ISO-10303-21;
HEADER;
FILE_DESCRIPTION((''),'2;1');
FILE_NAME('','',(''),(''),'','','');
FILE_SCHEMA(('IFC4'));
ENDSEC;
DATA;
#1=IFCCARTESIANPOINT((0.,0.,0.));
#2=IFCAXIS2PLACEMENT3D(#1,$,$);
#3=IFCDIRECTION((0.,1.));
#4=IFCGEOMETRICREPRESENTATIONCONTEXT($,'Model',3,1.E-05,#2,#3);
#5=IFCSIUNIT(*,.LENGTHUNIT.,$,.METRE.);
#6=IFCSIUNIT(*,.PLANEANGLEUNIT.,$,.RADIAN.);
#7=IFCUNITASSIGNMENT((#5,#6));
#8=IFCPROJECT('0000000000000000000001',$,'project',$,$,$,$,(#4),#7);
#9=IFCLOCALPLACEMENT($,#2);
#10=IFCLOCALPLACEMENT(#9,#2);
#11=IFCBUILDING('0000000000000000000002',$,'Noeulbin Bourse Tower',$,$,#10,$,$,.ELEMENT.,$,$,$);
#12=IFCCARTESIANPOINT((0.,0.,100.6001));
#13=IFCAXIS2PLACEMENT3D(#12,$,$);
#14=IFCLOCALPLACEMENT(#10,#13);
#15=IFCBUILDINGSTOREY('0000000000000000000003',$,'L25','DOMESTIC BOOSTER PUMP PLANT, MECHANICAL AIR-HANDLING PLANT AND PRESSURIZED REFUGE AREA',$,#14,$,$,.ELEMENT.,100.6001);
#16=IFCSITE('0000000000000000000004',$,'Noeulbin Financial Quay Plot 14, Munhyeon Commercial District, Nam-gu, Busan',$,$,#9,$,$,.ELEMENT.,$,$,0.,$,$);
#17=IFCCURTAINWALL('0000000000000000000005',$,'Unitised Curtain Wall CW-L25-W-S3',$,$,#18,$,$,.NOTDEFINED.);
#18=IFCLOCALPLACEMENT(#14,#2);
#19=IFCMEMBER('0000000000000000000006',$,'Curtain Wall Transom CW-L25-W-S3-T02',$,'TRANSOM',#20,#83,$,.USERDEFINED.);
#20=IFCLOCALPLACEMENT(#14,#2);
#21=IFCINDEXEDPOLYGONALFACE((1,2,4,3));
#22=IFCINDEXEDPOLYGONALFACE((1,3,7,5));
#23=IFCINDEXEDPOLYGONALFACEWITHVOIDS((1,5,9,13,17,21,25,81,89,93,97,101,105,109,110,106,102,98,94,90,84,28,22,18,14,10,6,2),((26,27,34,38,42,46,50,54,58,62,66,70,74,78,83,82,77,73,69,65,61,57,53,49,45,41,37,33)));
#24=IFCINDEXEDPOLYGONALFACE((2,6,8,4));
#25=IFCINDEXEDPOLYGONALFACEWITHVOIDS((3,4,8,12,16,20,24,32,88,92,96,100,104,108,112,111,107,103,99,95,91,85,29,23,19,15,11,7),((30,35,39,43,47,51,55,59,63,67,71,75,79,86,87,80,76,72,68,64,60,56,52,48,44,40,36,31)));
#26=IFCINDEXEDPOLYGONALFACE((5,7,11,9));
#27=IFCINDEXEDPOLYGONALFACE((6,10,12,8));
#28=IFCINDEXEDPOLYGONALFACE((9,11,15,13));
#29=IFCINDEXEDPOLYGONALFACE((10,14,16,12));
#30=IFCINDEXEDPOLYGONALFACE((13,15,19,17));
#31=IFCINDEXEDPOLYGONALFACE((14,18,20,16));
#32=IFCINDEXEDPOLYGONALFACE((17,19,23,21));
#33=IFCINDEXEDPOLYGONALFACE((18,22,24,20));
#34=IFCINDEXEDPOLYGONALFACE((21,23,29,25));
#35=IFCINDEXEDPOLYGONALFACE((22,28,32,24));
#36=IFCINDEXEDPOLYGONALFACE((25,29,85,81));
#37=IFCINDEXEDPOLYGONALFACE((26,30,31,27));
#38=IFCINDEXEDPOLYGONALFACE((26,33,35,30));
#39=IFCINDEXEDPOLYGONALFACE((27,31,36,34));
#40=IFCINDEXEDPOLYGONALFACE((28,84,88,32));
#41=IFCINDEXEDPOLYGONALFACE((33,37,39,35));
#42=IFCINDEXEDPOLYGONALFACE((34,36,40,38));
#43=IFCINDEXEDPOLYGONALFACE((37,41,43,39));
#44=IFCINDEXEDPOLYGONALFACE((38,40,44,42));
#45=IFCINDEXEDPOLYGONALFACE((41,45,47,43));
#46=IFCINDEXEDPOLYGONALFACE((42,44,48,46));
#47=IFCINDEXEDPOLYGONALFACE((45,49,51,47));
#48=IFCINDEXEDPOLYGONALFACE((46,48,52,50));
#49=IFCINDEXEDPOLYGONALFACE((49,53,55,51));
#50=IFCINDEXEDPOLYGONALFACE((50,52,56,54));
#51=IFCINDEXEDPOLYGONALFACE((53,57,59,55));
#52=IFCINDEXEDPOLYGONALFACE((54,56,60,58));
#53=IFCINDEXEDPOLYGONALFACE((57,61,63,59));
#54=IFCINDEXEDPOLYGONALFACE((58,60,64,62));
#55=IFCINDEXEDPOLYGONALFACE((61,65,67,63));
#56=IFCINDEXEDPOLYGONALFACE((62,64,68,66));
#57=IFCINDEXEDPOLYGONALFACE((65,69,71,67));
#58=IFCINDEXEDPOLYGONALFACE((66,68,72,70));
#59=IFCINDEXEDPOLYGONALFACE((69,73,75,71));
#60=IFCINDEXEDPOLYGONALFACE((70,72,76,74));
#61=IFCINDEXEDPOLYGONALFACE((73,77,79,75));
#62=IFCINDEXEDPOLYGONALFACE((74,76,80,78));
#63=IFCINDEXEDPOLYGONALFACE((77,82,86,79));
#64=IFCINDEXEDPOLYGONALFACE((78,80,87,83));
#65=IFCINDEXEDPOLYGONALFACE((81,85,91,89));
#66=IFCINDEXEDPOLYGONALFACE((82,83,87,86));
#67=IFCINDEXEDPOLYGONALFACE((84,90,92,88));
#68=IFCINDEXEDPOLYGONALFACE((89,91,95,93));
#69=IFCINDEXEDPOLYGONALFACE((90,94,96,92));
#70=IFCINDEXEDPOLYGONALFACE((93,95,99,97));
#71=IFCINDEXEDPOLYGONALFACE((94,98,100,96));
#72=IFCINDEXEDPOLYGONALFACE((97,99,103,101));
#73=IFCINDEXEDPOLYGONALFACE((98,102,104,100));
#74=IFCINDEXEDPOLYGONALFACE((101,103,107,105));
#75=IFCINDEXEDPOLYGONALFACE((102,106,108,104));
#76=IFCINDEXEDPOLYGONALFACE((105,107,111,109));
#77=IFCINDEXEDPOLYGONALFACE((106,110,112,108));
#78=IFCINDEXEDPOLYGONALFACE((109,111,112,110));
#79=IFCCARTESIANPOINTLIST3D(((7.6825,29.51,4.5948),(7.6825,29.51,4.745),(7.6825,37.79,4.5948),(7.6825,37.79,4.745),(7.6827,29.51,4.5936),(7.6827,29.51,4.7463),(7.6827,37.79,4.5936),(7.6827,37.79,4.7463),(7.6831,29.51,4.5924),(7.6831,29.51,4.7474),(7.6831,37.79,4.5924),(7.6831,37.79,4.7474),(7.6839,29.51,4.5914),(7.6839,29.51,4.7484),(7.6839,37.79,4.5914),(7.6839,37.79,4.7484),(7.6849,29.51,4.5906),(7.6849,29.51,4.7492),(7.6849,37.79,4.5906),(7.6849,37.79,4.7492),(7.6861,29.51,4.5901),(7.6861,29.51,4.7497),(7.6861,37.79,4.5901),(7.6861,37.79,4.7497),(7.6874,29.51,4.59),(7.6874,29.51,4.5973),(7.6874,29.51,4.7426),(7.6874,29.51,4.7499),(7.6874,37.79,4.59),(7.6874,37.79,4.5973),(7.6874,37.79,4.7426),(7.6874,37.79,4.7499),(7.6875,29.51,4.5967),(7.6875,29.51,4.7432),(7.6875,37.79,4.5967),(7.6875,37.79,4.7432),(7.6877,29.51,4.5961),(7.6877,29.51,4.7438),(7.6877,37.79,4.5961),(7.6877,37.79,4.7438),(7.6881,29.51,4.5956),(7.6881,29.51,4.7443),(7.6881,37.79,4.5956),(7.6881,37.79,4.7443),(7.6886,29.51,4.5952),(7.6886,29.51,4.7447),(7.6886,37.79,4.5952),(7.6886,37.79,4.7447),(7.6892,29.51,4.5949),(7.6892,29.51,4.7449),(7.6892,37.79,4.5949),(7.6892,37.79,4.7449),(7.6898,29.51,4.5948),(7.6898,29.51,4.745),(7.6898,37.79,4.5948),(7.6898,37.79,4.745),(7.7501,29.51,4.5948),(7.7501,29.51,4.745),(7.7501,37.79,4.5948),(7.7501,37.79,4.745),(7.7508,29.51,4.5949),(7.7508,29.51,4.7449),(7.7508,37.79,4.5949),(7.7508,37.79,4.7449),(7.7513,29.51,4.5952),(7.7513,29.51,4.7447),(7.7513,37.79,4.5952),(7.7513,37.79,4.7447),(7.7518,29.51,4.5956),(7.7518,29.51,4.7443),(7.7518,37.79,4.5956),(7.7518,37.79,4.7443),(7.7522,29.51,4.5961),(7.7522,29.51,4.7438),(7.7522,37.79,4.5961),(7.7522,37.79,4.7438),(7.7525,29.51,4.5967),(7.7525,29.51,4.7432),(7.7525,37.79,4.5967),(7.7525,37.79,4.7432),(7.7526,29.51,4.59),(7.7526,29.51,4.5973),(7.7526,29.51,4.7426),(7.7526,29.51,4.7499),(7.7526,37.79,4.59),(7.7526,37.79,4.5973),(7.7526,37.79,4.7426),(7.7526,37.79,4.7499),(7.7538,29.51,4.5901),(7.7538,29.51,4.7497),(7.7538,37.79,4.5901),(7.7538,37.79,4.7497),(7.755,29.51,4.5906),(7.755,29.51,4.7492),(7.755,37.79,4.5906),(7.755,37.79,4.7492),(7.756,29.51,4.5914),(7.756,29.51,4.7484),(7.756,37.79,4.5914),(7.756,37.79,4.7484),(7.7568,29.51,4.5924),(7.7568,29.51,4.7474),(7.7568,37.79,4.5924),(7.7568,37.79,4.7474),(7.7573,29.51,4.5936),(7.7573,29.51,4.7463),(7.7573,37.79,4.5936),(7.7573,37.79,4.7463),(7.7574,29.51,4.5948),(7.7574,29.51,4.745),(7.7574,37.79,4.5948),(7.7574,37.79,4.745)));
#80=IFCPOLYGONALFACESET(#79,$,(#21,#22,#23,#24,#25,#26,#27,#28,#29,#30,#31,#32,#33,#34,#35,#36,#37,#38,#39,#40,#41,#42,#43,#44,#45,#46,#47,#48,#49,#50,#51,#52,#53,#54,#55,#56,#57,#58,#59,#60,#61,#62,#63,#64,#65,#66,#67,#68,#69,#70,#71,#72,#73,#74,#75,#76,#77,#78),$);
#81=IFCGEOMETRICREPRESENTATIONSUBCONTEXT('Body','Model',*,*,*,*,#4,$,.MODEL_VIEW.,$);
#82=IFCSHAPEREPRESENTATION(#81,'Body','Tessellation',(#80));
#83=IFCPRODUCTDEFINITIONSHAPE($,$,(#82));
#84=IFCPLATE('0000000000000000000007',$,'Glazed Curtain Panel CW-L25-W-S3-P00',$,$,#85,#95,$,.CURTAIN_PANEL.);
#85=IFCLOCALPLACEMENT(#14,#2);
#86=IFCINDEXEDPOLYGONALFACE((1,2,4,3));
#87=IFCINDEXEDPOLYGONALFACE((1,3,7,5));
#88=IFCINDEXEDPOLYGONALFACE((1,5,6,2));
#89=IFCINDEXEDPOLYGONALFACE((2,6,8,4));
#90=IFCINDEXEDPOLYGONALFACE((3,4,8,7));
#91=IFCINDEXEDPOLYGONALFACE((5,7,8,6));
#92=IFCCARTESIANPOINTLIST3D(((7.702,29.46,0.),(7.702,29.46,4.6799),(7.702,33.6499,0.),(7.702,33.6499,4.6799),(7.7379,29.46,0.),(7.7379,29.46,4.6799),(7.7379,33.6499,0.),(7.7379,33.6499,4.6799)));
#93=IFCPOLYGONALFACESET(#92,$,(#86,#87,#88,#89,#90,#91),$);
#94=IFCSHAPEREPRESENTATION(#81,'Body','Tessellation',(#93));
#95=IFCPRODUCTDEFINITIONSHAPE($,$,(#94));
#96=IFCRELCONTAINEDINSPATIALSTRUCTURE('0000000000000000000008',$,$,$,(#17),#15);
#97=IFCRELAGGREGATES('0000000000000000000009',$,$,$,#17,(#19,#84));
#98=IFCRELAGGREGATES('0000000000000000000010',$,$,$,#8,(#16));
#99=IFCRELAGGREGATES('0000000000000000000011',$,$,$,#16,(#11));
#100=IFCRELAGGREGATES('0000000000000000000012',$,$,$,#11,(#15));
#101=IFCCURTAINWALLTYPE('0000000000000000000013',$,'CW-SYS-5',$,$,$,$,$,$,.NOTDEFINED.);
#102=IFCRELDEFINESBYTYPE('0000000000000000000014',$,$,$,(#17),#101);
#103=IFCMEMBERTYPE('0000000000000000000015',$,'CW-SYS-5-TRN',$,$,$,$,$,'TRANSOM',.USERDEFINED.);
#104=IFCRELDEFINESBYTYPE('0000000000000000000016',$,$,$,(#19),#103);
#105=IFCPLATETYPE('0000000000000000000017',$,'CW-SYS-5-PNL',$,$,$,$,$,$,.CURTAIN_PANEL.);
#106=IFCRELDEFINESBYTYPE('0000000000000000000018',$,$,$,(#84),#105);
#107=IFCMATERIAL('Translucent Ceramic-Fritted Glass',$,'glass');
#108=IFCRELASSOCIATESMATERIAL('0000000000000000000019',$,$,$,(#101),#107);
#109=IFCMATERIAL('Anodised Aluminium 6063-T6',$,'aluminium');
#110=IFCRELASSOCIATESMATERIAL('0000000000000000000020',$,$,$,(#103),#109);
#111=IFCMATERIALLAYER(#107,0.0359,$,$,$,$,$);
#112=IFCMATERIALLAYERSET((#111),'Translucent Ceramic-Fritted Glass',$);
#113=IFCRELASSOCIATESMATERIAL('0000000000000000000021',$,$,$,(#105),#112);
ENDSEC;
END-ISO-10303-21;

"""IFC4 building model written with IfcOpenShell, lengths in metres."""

from ifc_helpers import new_model, si_unit, direction, frame, origin, origin_2d, place, context, subcontext, project, spatial, rectangle, hollow_rectangle, extrude, material, layer, layer_set, material_profile, profile_set, type_object, element, aggregate, save


model = new_model("IFC4")

# Units and contexts
model_context = context("Model", 3, precision=1e-05, world=origin(), true_north=direction((0.0, 1.0)))
body_context = subcontext(model_context, "Body", "Model", "MODEL_VIEW")
ifc_project = project(units=[si_unit("LENGTHUNIT", "METRE"), si_unit("PLANEANGLEUNIT", "RADIAN")], contexts=[model_context])

# Site, building, storey
site_placement = place(None, origin())
site = spatial("IfcSite", under=ifc_project, at=site_placement, Name="Noeulbin Financial Quay Plot 14, Munhyeon Commercial District, Nam-gu, Busan", CompositionType="ELEMENT", RefElevation=0.0)
building_placement = place(site_placement, origin())
building = spatial("IfcBuilding", under=site, at=building_placement, Name="Noeulbin Bourse Tower", CompositionType="ELEMENT")
storey_placement = place(building_placement, frame((0.0, 0.0, 100.6001)))
storey = spatial("IfcBuildingStorey", under=building, at=storey_placement, Name="L25", Description="DOMESTIC BOOSTER PUMP PLANT, MECHANICAL AIR-HANDLING PLANT AND PRESSURIZED REFUGE AREA", CompositionType="ELEMENT", Elevation=100.6001)

# Curtain wall, member, plate
ifc_material_1 = material(Name="Translucent Ceramic-Fritted Glass", Category="glass")
curtain_wall_type = type_object("IfcCurtainWallType", Name="CW-SYS-5", PredefinedType="NOTDEFINED", material=ifc_material_1)
curtain_wall_placement = place(storey_placement, origin())
curtain_wall = element("IfcCurtainWall", 1, at=curtain_wall_placement, inside=storey, type_object=curtain_wall_type, Name="Unitised Curtain Wall CW-L25-W-S3", PredefinedType="NOTDEFINED")
ifc_material_2 = material(Name="Anodised Aluminium 6063-T6", Category="aluminium")
ifc_material_profile_1 = material_profile(ifc_material_2, hollow_rectangle(XDim=0.075, YDim=0.1599, WallThickness=0.0049, InnerFilletRadius=0.0024, OuterFilletRadius=0.0049, at=origin_2d()), Name="ALU-TRAN-75x160x5", Category="LoadBearing")
ifc_profile_set_1 = profile_set([ifc_material_profile_1], Name="Anodised Aluminium 6063-T6")
member_type_1 = type_object("IfcMemberType", Name="CW-SYS-5-TRN", ElementType="TRANSOM", PredefinedType="USERDEFINED", material=ifc_profile_set_1)
member_1_placement = place(storey_placement, frame((7.72, 29.51, 4.6699), z_axis=(0.0, 1.0, 0.0), x_axis=(-1.0, 0.0, 0.0)))
member_1 = element("IfcMember", 2, at=member_1_placement, type_object=member_type_1, Name="Curtain Wall Transom CW-L25-W-S3-T02", ObjectType="TRANSOM", PredefinedType="USERDEFINED", context=body_context, shape_type="SweptSolid", body=[
    extrude(hollow_rectangle(XDim=0.075, YDim=0.1599, WallThickness=0.0049, InnerFilletRadius=0.0024, OuterFilletRadius=0.0049, at=origin_2d()), origin(), (0.0, 0.0, 1.0), 8.28),
])
ifc_layer_1 = layer(ifc_material_1, 0.0359)
ifc_layer_set_1 = layer_set([ifc_layer_1], Name="Translucent Ceramic-Fritted Glass")
plate_type = type_object("IfcPlateType", Name="CW-SYS-5-PNL", PredefinedType="CURTAIN_PANEL", material=ifc_layer_set_1)
plate_placement = place(storey_placement, frame((7.72, 31.5549, 0.0), z_axis=(0.0, 0.0, 1.0), x_axis=(0.0, 1.0, 0.0)))
plate = element("IfcPlate", 3, at=plate_placement, type_object=plate_type, Name="Glazed Curtain Panel CW-L25-W-S3-P00", PredefinedType="CURTAIN_PANEL", context=body_context, shape_type="SweptSolid", body=[
    extrude(rectangle(XDim=4.1899, YDim=0.0359, at=origin_2d()), origin(), (0.0, 0.0, 1.0), 4.6799),
])
aggregate(curtain_wall, [member_1, plate])

save(model, "model.ifc")
